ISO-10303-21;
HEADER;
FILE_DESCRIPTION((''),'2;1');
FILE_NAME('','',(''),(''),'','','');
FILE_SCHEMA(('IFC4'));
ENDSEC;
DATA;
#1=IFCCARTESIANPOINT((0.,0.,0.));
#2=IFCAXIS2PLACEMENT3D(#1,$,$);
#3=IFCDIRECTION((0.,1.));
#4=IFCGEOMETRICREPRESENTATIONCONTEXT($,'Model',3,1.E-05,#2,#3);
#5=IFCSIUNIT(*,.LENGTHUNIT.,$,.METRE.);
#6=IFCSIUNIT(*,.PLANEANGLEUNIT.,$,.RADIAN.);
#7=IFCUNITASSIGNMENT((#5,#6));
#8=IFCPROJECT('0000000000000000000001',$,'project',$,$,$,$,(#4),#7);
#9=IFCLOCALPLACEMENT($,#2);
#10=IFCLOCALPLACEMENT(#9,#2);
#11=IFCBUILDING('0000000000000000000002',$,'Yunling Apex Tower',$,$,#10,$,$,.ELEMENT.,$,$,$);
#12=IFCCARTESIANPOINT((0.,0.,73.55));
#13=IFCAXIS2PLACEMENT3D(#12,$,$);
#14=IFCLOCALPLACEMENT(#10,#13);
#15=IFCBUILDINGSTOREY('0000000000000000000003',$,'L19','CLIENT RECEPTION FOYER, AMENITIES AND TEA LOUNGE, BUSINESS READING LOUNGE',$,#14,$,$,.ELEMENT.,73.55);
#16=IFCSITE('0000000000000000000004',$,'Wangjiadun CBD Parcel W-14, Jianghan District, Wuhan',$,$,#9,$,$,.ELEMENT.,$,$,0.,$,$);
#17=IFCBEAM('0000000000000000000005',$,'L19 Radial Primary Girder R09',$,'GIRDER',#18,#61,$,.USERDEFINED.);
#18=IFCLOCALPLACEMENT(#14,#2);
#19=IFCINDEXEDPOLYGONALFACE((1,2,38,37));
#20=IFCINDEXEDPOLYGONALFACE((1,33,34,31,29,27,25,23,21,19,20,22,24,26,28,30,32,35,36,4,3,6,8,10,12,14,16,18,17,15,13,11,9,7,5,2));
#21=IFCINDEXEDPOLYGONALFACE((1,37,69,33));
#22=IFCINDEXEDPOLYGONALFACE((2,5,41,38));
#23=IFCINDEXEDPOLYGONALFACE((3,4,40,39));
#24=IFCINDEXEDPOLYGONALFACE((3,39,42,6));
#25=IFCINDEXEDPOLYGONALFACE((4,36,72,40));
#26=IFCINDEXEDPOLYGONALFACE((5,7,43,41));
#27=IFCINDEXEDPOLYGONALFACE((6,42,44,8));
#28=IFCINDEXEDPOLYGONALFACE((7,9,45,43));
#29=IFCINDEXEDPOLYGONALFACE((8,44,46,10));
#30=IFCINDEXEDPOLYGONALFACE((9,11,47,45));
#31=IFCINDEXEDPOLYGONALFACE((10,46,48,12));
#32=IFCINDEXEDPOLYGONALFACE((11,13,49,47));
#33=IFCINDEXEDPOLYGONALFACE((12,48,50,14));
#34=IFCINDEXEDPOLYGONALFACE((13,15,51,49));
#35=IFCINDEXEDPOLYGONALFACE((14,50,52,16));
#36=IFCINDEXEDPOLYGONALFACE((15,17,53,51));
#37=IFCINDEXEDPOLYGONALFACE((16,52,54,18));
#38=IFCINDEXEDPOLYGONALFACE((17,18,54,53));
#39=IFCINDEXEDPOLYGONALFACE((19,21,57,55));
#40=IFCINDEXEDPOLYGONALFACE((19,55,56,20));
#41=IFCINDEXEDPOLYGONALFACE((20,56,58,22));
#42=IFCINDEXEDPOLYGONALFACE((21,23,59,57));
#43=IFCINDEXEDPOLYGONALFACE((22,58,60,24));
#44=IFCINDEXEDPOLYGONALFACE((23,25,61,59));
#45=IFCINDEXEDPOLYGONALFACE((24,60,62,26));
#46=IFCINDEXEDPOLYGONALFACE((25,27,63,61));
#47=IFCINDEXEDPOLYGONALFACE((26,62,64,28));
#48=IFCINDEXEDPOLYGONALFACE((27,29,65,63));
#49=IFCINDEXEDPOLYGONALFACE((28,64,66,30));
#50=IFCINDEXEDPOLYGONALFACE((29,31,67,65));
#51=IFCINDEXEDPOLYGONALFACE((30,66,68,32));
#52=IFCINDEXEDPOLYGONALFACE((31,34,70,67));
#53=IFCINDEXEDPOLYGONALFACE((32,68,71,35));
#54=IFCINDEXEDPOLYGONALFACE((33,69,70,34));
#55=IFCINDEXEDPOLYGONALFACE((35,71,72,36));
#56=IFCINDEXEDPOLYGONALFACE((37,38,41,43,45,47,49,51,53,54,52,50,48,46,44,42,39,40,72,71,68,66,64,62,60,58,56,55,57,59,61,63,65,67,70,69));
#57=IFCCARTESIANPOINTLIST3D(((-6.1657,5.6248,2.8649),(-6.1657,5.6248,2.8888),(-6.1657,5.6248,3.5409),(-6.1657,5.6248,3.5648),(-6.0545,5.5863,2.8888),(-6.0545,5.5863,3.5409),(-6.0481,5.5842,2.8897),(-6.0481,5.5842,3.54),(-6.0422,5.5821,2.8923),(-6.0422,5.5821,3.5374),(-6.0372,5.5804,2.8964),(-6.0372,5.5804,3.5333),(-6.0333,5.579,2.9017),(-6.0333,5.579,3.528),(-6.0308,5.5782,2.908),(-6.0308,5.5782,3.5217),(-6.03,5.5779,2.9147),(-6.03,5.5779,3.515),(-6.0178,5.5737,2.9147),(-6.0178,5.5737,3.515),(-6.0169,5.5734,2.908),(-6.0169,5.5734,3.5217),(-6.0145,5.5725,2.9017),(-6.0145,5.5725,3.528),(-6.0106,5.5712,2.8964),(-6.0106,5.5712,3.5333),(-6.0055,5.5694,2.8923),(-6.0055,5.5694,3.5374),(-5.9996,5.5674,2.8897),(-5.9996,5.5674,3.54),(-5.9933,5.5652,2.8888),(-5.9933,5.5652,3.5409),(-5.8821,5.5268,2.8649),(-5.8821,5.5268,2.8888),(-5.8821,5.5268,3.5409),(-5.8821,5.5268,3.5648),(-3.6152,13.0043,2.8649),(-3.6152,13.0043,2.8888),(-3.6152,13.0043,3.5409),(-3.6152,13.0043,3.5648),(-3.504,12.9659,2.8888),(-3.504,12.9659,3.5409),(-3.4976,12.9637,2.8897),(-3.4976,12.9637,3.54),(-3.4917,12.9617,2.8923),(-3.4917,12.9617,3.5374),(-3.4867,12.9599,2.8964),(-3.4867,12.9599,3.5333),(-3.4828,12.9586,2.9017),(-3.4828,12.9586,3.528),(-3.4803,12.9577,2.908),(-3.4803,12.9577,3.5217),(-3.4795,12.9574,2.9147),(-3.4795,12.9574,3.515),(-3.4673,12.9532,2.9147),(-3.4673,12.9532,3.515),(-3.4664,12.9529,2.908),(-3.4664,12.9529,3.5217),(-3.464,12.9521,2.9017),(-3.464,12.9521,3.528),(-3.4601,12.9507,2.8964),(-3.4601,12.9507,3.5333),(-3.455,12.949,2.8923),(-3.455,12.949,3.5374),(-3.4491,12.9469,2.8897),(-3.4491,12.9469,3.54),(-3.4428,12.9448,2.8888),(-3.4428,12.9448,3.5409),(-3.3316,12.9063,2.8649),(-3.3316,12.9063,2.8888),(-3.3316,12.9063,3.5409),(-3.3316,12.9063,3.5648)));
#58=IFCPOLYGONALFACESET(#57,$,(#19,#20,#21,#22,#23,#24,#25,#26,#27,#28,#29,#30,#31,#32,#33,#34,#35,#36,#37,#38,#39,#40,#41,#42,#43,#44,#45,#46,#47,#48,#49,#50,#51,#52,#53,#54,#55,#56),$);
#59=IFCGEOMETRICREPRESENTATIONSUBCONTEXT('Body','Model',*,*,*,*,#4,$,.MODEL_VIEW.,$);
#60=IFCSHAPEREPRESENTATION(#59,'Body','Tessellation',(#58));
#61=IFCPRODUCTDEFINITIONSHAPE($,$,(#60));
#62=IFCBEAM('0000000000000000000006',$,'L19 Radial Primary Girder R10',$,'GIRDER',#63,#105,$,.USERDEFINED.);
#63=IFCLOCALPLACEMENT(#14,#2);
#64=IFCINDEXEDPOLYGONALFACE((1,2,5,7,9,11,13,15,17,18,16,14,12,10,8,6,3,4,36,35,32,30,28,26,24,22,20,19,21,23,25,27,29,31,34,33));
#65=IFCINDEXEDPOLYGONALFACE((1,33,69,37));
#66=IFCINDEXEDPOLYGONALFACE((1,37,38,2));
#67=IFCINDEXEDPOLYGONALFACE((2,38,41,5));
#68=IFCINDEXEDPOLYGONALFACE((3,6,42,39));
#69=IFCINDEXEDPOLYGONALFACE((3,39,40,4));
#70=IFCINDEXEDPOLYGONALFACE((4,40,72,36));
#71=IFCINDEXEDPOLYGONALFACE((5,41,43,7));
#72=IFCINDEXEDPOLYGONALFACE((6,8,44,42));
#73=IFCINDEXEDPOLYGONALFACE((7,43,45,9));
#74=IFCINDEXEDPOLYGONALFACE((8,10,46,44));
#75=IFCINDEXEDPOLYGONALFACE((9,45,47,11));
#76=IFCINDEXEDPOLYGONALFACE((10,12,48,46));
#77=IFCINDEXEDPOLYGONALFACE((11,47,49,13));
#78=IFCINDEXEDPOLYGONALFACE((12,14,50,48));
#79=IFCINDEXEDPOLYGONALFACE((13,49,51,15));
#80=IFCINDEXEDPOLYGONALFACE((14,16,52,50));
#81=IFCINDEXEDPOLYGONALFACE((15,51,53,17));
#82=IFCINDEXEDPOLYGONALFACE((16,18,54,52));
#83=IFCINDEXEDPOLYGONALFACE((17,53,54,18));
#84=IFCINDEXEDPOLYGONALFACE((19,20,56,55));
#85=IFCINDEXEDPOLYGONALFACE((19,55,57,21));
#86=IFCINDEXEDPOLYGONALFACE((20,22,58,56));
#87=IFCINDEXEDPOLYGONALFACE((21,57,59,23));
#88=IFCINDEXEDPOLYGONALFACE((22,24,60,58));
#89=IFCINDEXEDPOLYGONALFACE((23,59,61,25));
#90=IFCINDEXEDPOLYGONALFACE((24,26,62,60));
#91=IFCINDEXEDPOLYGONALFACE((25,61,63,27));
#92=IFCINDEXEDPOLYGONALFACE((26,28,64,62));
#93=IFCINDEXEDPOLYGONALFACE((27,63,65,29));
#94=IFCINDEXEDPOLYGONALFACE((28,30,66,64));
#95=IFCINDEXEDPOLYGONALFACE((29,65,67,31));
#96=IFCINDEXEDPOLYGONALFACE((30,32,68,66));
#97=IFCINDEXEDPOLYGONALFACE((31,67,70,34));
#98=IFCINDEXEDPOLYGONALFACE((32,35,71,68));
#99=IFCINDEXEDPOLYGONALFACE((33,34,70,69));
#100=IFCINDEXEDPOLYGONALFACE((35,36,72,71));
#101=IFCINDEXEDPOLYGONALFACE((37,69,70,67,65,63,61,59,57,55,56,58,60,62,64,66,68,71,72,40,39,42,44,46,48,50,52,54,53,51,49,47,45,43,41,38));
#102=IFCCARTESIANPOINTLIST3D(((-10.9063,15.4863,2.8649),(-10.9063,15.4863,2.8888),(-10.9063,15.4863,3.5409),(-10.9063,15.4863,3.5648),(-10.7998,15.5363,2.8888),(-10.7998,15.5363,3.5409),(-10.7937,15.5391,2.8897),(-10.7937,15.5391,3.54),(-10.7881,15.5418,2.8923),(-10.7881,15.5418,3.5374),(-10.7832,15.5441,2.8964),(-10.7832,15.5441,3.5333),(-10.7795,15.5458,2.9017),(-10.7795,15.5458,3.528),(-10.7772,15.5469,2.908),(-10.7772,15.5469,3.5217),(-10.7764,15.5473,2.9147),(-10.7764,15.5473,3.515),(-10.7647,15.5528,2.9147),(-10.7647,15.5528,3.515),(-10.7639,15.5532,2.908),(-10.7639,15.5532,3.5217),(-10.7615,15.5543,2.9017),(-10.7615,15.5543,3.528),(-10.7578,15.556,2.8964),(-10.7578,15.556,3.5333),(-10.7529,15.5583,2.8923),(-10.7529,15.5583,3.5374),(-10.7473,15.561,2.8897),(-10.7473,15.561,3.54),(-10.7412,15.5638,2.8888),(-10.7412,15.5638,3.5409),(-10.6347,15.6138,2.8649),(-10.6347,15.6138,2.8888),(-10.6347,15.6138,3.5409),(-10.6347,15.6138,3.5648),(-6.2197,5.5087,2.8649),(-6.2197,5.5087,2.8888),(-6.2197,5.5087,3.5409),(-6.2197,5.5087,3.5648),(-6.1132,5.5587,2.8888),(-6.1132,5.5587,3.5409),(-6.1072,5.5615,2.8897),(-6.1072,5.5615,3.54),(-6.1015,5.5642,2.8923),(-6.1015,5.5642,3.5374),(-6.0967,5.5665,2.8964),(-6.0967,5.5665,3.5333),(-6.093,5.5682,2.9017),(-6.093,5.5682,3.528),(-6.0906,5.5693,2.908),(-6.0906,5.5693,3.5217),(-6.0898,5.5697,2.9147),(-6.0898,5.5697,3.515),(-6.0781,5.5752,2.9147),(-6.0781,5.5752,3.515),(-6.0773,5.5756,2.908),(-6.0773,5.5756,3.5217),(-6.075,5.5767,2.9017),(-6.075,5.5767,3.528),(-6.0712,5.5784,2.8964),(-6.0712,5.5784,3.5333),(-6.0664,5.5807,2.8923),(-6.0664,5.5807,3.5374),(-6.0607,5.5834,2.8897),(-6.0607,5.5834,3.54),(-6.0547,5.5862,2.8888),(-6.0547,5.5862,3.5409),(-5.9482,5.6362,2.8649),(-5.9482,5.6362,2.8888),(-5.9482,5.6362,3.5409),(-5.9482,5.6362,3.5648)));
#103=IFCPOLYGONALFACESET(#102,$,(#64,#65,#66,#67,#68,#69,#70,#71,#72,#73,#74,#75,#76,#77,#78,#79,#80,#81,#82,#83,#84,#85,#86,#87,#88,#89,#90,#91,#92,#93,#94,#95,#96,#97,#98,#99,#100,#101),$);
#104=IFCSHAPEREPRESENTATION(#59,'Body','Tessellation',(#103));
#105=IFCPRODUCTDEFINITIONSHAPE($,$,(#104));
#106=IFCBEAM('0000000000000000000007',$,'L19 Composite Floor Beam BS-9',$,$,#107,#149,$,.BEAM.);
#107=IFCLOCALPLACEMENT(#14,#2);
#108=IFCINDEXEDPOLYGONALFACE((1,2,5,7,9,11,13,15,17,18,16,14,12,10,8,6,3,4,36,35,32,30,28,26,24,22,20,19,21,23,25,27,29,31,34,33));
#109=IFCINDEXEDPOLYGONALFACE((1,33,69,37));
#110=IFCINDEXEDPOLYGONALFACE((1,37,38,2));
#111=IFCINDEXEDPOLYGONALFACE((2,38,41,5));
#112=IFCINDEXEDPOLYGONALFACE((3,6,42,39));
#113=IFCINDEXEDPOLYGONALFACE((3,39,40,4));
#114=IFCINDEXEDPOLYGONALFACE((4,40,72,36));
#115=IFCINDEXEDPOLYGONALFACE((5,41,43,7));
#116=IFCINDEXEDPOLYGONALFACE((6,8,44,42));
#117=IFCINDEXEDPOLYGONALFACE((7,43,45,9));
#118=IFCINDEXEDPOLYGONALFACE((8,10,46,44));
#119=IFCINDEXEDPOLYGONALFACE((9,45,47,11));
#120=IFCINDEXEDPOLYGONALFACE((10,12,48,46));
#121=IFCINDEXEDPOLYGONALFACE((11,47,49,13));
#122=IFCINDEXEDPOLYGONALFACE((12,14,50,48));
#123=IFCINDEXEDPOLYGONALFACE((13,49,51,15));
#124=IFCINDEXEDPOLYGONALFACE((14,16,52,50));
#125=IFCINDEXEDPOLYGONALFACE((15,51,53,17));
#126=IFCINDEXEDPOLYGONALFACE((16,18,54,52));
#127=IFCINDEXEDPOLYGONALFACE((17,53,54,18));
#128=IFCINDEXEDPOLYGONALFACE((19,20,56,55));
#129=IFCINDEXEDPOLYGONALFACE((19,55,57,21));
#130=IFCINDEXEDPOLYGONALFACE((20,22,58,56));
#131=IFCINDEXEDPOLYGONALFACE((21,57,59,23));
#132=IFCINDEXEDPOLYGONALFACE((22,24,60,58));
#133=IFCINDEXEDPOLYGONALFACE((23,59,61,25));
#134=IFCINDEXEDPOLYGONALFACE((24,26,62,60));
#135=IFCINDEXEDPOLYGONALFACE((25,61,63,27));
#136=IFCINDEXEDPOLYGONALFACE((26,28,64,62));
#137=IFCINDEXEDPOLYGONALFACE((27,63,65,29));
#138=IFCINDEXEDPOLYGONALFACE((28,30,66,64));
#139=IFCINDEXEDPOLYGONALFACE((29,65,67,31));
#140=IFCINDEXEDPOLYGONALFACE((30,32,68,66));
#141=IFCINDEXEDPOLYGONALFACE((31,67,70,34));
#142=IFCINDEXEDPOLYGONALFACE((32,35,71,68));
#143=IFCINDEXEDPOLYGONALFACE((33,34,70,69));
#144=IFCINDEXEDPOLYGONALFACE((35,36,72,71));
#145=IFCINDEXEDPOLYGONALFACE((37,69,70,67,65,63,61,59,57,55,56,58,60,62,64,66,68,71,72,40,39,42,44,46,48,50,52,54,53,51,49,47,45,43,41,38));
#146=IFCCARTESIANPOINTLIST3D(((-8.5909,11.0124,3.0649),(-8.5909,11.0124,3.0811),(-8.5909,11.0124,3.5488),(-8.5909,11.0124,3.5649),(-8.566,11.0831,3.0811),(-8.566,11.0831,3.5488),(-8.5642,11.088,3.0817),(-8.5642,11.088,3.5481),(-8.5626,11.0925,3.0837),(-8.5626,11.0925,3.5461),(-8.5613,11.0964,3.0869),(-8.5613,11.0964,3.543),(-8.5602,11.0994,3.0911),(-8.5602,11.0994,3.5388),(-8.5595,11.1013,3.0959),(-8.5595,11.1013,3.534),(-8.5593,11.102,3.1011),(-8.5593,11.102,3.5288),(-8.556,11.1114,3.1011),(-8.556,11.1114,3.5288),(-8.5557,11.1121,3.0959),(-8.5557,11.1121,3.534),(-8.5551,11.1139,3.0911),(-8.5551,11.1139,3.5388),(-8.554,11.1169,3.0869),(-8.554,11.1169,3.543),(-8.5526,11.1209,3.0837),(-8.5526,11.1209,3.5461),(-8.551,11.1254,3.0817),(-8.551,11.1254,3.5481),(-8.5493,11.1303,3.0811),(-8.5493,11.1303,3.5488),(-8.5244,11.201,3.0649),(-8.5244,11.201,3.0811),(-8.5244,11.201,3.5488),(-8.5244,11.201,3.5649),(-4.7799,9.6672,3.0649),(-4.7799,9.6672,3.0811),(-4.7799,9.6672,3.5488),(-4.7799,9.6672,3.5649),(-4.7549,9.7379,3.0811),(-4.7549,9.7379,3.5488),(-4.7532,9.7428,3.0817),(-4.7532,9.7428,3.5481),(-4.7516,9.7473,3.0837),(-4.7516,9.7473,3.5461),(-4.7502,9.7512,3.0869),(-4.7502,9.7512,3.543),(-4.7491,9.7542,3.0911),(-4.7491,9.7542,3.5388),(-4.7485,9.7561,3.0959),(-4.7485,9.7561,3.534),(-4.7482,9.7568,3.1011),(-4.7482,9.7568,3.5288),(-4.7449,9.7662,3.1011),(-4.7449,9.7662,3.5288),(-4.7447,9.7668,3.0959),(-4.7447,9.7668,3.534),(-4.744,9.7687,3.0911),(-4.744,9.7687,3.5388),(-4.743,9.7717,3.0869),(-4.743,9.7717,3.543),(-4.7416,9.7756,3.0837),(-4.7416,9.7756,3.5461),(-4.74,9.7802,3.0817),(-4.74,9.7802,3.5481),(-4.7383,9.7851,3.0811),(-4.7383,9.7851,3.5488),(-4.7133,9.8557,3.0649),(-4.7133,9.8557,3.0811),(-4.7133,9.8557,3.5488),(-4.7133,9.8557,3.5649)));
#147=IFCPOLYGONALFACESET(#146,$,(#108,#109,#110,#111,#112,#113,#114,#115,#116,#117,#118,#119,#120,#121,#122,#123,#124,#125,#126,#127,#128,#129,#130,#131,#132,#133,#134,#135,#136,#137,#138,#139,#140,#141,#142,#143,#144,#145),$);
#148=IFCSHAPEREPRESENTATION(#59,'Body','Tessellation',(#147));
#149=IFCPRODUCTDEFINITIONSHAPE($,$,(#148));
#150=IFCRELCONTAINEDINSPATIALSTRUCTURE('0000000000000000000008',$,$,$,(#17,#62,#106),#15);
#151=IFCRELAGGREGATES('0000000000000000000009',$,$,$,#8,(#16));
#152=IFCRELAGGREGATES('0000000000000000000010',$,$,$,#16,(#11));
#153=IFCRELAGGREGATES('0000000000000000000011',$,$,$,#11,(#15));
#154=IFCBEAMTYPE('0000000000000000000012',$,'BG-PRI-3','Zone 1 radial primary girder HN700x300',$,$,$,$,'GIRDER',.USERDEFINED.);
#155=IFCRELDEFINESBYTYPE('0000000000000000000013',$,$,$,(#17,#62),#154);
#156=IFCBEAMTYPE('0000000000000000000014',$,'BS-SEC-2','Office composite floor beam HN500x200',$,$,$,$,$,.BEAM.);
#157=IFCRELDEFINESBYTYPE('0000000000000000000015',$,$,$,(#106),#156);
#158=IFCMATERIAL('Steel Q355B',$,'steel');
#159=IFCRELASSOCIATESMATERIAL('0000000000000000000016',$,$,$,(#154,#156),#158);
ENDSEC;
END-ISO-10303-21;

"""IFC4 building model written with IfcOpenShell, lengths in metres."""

from ifc_helpers import new_model, si_unit, direction, frame, origin, origin_2d, place, context, subcontext, project, spatial, i_section, extrude, source, transform, mapped, material, material_profile, profile_set, type_object, element, save


model = new_model("IFC4")

# Units and contexts
model_context = context("Model", 3, precision=1e-05, world=origin(), true_north=direction((0.0, 1.0)))
body_context = subcontext(model_context, "Body", "Model", "MODEL_VIEW")
ifc_project = project(units=[si_unit("LENGTHUNIT", "METRE"), si_unit("PLANEANGLEUNIT", "RADIAN")], contexts=[model_context])

# Site, building, storey
site_placement = place(None, origin())
site = spatial("IfcSite", under=ifc_project, at=site_placement, Name="Wangjiadun CBD Parcel W-14, Jianghan District, Wuhan", CompositionType="ELEMENT", RefElevation=0.0)
building_placement = place(site_placement, origin())
building = spatial("IfcBuilding", under=site, at=building_placement, Name="Yunling Apex Tower", CompositionType="ELEMENT")
storey_placement = place(building_placement, frame((0.0, 0.0, 73.55)))
storey = spatial("IfcBuildingStorey", under=building, at=storey_placement, Name="L19", Description="CLIENT RECEPTION FOYER, AMENITIES AND TEA LOUNGE, BUSINESS READING LOUNGE", CompositionType="ELEMENT", Elevation=73.55)

# Beams
ifc_material_1 = material(Name="Steel Q355B", Category="steel")
ifc_material_profile_1 = material_profile(ifc_material_1, i_section(OverallWidth=0.3, OverallDepth=0.7, WebThickness=0.0129, FlangeThickness=0.0239, FilletRadius=0.0259, at=origin_2d()))
ifc_profile_set_1 = profile_set([ifc_material_profile_1], Name="Steel Q355B")
beam_type_1 = type_object("IfcBeamType", Name="BG-PRI-3", Description="Zone 1 radial primary girder HN700x300", ElementType="GIRDER", PredefinedType="USERDEFINED", material=ifc_profile_set_1)
shared_shape_1 = source(origin(), body_context, "Body", "SweptSolid", [
    extrude(i_section(OverallWidth=0.3, OverallDepth=0.7, WebThickness=0.0129, FlangeThickness=0.0239, FilletRadius=0.0259, at=origin_2d()), origin(), (0.0, 0.0, 1.0), 7.8079),
])
beam_1_placement = place(storey_placement, frame((-3.4734, 12.9553, 3.2148), z_axis=(-0.326658, -0.945142, 0.0), x_axis=(0.945142, -0.326658, 0.0)))
element("IfcBeam", 1, at=beam_1_placement, inside=storey, type_object=beam_type_1, Name="L19 Radial Primary Girder R09", ObjectType="GIRDER", PredefinedType="USERDEFINED", context=body_context, shape_type="MappedRepresentation", body=[
    mapped(shared_shape_1, transform((0.0, 0.0, 0.0), scale=1.0)),
])
shared_shape_2 = source(origin(), body_context, "Body", "SweptSolid", [
    extrude(i_section(OverallWidth=0.3, OverallDepth=0.7, WebThickness=0.0129, FlangeThickness=0.0239, FilletRadius=0.0259, at=origin_2d()), origin(), (0.0, 0.0, 1.0), 11.0234),
])
beam_2_placement = place(storey_placement, frame((-10.7705, 15.55, 3.2148), z_axis=(0.425144, -0.905126, 0.0), x_axis=(0.905126, 0.425144, 0.0)))
element("IfcBeam", 2, at=beam_2_placement, inside=storey, type_object=beam_type_1, Name="L19 Radial Primary Girder R10", ObjectType="GIRDER", PredefinedType="USERDEFINED", context=body_context, shape_type="MappedRepresentation", body=[
    mapped(shared_shape_2, transform((0.0, 0.0, 0.0), scale=1.0)),
])
ifc_material_profile_2 = material_profile(ifc_material_1, i_section(OverallWidth=0.2, OverallDepth=0.5, WebThickness=0.01, FlangeThickness=0.0161, FilletRadius=0.02, at=origin_2d()))
ifc_profile_set_2 = profile_set([ifc_material_profile_2], Name="Steel Q355B")
beam_type_2 = type_object("IfcBeamType", Name="BS-SEC-2", Description="Office composite floor beam HN500x200", PredefinedType="BEAM", material=ifc_profile_set_2)
shared_shape_3 = source(origin(), body_context, "Body", "SweptSolid", [
    extrude(i_section(OverallWidth=0.2, OverallDepth=0.5, WebThickness=0.01, FlangeThickness=0.0161, FilletRadius=0.02, at=origin_2d()), origin(), (0.0, 0.0, 1.0), 4.0415),
])
beam_3_placement = place(storey_placement, frame((-4.7466, 9.7615, 3.3149), z_axis=(-0.942979, 0.332852, 0.0), x_axis=(-0.332852, -0.942979, 0.0)))
element("IfcBeam", 3, at=beam_3_placement, inside=storey, type_object=beam_type_2, Name="L19 Composite Floor Beam BS-9", PredefinedType="BEAM", context=body_context, shape_type="MappedRepresentation", body=[
    mapped(shared_shape_3, transform((0.0, 0.0, 0.0), scale=1.0)),
])

save(model, "model.ifc")
